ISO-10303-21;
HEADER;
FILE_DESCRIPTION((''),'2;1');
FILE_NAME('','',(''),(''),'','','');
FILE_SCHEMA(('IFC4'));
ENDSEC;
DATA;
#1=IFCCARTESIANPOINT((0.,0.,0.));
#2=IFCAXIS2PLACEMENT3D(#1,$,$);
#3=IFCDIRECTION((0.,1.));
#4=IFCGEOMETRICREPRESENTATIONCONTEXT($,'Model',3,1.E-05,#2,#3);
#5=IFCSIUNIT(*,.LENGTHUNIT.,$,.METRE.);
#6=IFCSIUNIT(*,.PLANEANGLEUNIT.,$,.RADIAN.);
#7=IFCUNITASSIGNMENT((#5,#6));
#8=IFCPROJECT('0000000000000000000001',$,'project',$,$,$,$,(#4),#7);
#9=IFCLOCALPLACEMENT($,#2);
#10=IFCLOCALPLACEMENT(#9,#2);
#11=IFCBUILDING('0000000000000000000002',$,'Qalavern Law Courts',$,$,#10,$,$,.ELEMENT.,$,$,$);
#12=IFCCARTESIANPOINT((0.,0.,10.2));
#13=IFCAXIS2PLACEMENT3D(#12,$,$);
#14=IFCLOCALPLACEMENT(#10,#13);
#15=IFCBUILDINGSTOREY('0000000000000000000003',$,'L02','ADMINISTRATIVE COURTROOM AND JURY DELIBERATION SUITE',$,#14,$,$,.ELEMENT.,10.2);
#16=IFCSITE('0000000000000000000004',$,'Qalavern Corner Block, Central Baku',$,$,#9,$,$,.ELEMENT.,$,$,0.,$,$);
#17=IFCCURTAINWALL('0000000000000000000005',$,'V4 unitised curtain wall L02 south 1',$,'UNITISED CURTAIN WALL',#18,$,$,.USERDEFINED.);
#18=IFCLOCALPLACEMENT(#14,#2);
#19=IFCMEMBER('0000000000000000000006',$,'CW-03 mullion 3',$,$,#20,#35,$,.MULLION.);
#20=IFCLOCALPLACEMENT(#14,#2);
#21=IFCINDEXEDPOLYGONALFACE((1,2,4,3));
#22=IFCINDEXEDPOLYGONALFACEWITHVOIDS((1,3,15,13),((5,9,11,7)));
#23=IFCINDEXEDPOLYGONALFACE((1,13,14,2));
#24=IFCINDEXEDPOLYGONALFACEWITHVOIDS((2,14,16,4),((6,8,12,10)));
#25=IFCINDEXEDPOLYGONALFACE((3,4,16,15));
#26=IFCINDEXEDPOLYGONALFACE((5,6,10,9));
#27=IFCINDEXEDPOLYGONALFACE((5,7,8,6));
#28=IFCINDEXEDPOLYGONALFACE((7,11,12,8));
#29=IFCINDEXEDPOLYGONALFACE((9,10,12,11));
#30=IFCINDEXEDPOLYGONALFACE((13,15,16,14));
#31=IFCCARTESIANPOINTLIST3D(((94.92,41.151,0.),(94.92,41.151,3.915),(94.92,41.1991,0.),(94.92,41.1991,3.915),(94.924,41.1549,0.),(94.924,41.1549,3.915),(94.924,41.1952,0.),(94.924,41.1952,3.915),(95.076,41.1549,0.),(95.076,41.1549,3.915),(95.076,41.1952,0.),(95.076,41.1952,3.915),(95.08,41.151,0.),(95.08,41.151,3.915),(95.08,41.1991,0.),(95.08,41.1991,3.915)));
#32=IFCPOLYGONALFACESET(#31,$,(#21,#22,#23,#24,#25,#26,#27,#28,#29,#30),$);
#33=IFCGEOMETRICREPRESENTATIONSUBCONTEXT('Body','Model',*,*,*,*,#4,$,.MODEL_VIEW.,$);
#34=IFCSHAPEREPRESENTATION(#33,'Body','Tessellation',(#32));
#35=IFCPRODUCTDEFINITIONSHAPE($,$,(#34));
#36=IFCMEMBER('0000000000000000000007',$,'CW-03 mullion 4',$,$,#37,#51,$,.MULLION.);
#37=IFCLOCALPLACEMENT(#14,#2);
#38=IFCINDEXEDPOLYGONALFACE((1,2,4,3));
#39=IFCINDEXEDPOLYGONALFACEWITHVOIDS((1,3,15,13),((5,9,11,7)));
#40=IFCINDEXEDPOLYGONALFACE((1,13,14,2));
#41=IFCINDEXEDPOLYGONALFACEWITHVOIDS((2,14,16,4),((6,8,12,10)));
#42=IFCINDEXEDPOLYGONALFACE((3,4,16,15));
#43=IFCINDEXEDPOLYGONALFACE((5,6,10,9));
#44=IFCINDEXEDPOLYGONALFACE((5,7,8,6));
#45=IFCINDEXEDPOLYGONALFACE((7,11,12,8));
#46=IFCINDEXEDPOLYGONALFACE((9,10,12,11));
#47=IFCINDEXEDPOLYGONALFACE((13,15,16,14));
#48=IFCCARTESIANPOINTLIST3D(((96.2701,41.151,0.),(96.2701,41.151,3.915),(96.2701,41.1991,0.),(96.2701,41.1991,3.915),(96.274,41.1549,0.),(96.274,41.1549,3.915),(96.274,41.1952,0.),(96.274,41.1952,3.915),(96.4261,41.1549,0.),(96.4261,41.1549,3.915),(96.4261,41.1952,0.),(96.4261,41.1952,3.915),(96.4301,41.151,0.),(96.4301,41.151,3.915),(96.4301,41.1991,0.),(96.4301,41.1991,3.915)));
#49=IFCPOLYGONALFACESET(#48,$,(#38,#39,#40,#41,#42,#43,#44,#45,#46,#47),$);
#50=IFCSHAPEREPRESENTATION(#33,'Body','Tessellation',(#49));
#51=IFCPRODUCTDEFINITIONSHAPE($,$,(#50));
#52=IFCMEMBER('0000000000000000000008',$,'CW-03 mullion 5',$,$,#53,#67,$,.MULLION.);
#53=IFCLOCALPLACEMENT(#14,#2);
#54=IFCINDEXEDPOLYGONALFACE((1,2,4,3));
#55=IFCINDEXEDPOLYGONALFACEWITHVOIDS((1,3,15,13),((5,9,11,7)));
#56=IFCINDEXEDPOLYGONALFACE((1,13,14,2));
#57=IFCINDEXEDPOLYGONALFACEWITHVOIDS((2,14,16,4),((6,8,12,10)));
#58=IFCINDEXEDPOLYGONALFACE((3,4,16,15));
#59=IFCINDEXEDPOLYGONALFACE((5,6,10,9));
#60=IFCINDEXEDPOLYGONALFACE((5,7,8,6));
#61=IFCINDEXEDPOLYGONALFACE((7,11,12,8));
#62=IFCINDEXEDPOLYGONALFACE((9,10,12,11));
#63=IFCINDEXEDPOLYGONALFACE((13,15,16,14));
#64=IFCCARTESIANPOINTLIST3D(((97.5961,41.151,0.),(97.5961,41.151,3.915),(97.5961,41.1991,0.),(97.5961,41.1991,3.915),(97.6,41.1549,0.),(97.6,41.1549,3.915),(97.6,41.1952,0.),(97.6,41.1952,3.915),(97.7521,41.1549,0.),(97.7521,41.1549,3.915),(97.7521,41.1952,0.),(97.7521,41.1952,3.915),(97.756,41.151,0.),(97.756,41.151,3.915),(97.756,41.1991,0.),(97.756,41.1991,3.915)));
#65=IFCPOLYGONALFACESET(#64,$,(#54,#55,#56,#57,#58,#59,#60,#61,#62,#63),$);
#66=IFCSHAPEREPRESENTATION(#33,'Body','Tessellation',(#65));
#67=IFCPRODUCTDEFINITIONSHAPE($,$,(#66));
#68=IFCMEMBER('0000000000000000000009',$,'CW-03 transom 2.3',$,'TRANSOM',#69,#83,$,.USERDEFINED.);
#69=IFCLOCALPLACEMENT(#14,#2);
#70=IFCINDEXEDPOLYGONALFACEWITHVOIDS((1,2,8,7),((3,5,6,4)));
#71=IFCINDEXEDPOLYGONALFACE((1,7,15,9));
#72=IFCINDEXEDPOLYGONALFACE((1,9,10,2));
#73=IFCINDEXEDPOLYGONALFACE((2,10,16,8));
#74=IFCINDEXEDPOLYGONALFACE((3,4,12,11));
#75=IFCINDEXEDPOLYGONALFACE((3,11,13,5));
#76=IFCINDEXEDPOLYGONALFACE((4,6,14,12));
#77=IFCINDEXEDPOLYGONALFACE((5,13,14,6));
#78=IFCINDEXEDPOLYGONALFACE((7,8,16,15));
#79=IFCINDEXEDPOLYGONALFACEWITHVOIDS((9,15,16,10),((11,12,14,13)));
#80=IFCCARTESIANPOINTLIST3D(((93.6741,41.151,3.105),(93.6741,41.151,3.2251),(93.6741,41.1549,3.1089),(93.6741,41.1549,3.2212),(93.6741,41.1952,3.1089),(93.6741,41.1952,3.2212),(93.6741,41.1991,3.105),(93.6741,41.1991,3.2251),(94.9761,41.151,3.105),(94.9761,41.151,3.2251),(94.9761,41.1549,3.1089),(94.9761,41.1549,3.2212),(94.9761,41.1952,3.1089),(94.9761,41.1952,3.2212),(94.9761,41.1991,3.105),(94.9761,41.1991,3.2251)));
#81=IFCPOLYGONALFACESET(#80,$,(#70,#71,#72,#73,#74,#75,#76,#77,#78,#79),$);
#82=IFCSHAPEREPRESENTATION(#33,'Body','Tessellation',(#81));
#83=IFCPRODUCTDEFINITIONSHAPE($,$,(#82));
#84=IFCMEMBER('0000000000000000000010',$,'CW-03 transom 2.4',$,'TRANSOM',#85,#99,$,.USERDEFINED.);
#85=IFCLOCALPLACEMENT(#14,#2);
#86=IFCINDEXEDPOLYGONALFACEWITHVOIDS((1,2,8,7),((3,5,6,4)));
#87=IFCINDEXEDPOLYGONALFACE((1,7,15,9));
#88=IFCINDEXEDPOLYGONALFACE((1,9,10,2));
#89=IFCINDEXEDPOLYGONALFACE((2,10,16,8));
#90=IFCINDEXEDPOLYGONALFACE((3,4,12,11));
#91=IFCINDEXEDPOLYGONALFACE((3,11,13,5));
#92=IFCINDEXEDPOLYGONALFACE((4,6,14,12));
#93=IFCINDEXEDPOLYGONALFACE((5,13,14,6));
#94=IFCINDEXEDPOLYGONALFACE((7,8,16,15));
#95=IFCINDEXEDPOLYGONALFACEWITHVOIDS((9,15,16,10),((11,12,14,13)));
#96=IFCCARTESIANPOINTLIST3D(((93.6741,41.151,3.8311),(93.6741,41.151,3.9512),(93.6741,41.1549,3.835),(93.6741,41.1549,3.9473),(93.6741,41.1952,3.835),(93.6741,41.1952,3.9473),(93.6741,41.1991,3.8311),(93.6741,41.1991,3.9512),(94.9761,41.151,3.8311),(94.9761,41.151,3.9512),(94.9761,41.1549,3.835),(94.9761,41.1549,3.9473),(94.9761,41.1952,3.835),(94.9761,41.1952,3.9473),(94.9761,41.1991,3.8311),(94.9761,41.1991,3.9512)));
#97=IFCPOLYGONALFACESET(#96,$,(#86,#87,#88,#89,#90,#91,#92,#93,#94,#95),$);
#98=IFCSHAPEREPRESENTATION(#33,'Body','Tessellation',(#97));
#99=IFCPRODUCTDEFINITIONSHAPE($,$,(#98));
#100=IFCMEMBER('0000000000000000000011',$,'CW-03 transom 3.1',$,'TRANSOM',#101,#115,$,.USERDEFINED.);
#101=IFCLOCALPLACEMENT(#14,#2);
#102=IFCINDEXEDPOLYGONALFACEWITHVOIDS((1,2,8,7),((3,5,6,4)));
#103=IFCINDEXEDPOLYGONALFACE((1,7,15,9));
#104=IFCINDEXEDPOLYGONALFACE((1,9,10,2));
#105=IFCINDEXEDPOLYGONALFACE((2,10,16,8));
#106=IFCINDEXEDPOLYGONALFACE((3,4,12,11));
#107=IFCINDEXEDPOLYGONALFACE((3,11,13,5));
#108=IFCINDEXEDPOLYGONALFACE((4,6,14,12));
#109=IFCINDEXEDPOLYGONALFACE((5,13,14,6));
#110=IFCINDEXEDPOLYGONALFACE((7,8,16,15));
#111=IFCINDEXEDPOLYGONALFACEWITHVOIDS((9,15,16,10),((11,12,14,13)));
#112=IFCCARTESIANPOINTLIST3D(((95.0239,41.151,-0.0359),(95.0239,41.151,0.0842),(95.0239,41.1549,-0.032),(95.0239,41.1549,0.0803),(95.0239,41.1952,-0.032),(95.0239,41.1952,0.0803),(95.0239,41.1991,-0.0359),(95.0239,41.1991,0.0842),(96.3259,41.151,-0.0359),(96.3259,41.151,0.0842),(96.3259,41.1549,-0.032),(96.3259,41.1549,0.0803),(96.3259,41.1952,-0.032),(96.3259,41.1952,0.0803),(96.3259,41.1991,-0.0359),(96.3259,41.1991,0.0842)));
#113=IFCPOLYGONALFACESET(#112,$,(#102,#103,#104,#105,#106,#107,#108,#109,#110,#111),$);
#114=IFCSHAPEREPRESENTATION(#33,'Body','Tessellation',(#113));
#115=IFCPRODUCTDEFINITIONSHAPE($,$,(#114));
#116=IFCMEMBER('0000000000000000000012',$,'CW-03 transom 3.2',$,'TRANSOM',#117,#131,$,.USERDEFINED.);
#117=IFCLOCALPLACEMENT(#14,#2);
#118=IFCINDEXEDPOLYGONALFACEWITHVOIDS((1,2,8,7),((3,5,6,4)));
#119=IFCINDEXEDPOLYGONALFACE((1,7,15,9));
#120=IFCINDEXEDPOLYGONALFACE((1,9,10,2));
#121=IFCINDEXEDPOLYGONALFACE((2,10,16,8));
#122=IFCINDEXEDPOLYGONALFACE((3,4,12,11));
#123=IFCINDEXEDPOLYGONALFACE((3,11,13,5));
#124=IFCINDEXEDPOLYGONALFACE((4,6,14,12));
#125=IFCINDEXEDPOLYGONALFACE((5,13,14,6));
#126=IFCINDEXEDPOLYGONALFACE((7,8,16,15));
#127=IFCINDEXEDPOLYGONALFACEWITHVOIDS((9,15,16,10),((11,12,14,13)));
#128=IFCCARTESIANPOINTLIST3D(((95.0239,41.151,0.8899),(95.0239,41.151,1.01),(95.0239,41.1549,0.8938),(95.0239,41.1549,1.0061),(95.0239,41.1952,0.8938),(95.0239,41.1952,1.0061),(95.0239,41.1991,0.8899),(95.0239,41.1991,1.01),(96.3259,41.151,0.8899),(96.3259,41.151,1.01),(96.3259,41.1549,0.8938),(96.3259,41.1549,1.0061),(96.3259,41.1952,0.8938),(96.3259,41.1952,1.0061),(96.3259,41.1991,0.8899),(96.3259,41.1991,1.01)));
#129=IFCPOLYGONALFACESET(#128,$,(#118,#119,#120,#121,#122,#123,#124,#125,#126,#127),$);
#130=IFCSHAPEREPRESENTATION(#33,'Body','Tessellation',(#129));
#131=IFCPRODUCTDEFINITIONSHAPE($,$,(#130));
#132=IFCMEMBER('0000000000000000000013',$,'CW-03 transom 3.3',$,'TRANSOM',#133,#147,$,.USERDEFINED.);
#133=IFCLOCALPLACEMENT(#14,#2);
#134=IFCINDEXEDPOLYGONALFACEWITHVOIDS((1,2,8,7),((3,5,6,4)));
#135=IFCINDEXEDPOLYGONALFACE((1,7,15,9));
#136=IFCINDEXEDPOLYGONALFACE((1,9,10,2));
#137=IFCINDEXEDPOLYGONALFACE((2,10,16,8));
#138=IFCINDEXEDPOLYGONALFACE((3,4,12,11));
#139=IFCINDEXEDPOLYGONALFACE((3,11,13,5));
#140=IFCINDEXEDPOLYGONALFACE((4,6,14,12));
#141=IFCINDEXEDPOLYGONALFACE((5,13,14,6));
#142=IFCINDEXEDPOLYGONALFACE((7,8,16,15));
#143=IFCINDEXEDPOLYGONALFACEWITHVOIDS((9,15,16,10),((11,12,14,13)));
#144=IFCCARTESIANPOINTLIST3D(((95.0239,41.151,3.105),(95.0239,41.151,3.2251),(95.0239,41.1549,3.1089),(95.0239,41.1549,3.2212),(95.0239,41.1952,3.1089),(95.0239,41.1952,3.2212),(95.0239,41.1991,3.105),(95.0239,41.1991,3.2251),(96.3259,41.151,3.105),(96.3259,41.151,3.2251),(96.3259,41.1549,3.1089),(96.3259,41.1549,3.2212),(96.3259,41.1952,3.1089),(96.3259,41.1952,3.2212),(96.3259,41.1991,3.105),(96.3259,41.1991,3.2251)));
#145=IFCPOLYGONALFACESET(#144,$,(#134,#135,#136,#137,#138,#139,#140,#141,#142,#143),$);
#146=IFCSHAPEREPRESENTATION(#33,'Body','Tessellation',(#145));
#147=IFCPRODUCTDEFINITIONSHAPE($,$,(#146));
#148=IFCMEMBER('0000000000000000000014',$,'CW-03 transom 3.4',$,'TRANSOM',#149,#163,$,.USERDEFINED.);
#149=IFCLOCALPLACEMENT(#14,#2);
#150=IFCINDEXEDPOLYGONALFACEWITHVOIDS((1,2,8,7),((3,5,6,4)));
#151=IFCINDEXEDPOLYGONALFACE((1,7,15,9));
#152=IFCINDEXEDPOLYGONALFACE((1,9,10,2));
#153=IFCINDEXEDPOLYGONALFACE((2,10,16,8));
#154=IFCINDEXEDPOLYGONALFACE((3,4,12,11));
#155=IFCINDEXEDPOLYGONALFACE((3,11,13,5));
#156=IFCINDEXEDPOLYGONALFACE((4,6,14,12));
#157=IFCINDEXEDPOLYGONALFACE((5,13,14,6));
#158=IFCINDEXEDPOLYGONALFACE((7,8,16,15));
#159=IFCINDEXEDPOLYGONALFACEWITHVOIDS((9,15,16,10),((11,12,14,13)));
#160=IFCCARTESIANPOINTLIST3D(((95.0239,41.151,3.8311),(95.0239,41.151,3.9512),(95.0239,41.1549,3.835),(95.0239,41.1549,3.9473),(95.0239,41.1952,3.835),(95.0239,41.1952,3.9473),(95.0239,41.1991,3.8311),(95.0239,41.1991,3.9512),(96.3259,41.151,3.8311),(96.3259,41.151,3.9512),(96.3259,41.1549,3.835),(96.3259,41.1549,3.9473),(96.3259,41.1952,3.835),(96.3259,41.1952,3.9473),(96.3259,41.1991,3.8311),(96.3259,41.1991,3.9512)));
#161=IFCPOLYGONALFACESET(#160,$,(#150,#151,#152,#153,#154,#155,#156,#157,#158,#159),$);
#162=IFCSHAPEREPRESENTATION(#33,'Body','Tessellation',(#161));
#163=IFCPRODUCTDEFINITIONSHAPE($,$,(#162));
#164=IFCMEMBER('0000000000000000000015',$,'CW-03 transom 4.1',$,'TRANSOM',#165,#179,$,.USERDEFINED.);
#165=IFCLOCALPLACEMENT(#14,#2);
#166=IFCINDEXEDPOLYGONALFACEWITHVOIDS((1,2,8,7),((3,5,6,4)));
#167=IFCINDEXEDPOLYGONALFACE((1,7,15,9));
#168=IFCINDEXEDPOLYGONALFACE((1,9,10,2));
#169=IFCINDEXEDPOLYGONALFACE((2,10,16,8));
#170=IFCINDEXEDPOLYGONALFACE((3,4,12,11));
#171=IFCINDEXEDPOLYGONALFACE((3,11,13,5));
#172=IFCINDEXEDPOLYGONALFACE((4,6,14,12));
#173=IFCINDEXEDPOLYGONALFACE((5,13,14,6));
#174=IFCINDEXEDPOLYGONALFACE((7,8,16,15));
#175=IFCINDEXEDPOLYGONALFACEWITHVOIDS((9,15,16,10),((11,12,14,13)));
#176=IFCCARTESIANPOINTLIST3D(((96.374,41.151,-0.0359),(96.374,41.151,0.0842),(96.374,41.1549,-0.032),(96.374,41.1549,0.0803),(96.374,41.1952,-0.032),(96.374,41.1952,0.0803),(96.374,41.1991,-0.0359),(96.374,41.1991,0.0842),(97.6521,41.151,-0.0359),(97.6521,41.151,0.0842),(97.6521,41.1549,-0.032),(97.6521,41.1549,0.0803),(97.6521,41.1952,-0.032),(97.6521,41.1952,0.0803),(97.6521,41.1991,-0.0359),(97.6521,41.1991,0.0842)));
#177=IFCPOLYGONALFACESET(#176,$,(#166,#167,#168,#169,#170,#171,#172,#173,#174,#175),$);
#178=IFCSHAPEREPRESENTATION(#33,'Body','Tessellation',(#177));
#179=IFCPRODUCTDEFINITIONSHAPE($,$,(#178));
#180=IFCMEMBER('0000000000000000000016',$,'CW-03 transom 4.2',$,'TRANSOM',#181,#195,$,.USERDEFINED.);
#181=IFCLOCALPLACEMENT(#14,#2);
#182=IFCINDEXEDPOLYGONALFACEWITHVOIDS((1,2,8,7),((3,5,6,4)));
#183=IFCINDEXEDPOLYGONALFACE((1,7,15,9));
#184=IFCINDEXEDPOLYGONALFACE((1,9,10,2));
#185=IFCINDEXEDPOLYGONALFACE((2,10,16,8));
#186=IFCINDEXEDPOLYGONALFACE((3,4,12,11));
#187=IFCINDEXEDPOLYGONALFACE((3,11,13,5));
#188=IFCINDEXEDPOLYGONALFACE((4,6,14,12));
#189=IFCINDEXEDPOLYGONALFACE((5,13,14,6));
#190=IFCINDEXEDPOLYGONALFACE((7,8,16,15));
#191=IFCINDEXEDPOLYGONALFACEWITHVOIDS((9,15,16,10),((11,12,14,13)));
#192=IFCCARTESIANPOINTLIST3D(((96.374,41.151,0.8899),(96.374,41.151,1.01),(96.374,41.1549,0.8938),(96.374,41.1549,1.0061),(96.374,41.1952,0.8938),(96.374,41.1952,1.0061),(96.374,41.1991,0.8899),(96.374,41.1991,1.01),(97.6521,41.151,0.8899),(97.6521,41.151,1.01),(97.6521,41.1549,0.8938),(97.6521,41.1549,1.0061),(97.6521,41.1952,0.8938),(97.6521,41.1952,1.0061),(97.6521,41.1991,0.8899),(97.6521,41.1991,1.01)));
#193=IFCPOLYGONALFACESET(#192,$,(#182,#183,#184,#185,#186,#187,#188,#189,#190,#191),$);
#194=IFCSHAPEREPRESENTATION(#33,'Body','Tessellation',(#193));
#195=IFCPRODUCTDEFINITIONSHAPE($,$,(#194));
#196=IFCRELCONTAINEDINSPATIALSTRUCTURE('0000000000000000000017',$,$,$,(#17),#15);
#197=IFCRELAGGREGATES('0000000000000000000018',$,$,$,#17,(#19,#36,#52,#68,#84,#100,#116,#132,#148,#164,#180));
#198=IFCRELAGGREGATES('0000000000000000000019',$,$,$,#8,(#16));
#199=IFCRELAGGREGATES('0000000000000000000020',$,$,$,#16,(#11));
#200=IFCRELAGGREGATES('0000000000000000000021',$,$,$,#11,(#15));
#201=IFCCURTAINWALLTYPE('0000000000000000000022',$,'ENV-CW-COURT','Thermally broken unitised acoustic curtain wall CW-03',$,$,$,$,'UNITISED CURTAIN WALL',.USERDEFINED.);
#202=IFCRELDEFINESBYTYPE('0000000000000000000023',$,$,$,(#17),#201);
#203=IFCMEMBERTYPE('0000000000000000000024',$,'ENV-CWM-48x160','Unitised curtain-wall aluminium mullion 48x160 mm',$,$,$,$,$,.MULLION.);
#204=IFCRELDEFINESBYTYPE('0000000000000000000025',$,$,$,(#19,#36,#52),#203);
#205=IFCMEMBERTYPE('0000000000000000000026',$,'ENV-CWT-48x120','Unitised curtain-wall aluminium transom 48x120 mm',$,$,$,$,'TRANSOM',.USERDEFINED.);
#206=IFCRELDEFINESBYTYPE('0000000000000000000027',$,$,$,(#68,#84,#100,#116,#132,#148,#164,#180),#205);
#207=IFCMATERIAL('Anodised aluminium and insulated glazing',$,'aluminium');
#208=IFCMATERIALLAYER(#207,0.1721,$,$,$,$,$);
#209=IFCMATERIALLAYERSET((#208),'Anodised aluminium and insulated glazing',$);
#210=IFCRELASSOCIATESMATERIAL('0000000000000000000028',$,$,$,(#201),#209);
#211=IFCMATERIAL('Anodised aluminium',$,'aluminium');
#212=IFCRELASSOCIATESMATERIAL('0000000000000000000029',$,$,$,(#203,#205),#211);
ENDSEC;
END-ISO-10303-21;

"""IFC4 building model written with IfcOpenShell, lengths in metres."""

from ifc_helpers import new_model, si_unit, direction, frame, origin, origin_2d, place, context, subcontext, project, spatial, hollow_rectangle, extrude, material, layer, layer_set, material_profile, profile_set, type_object, element, aggregate, save


model = new_model("IFC4")

# Units and contexts
model_context = context("Model", 3, precision=1e-05, world=origin(), true_north=direction((0.0, 1.0)))
body_context = subcontext(model_context, "Body", "Model", "MODEL_VIEW")
ifc_project = project(units=[si_unit("LENGTHUNIT", "METRE"), si_unit("PLANEANGLEUNIT", "RADIAN")], contexts=[model_context])

# Site, building, storey
site_placement = place(None, origin())
site = spatial("IfcSite", under=ifc_project, at=site_placement, Name="Qalavern Corner Block, Central Baku", CompositionType="ELEMENT", RefElevation=0.0)
building_placement = place(site_placement, origin())
building = spatial("IfcBuilding", under=site, at=building_placement, Name="Qalavern Law Courts", CompositionType="ELEMENT")
storey_placement = place(building_placement, frame((0.0, 0.0, 10.2)))
storey = spatial("IfcBuildingStorey", under=building, at=storey_placement, Name="L02", Description="ADMINISTRATIVE COURTROOM AND JURY DELIBERATION SUITE", CompositionType="ELEMENT", Elevation=10.2)

# Curtain wall, members
ifc_material_1 = material(Name="Anodised aluminium and insulated glazing", Category="aluminium")
ifc_layer_1 = layer(ifc_material_1, 0.1721)
ifc_layer_set_1 = layer_set([ifc_layer_1], Name="Anodised aluminium and insulated glazing")
curtain_wall_type = type_object("IfcCurtainWallType", Name="ENV-CW-COURT", Description="Thermally broken unitised acoustic curtain wall CW-03", ElementType="UNITISED CURTAIN WALL", PredefinedType="USERDEFINED", material=ifc_layer_set_1)
curtain_wall_placement = place(storey_placement, origin())
curtain_wall = element("IfcCurtainWall", 1, at=curtain_wall_placement, inside=storey, type_object=curtain_wall_type, Name="V4 unitised curtain wall L02 south 1", ObjectType="UNITISED CURTAIN WALL", PredefinedType="USERDEFINED")
ifc_material_2 = material(Name="Anodised aluminium", Category="aluminium")
ifc_material_profile_1 = material_profile(ifc_material_2, hollow_rectangle(XDim=0.0481, YDim=0.1599, WallThickness=0.0039, at=origin_2d()), Name="ALU MULLION 48x160")
ifc_profile_set_1 = profile_set([ifc_material_profile_1], Name="Anodised aluminium")
member_type_1 = type_object("IfcMemberType", Name="ENV-CWM-48x160", Description="Unitised curtain-wall aluminium mullion 48x160 mm", PredefinedType="MULLION", material=ifc_profile_set_1)
member_1_placement = place(storey_placement, frame((95.0, 41.175, 0.0), z_axis=(0.0, 0.0, 1.0), x_axis=(0.0, 1.0, 0.0)))
member_1 = element("IfcMember", 2, at=member_1_placement, type_object=member_type_1, Name="CW-03 mullion 3", PredefinedType="MULLION", context=body_context, shape_type="SweptSolid", body=[
    extrude(hollow_rectangle(XDim=0.0481, YDim=0.1599, WallThickness=0.0039, at=origin_2d()), origin(), (0.0, 0.0, 1.0), 3.915),
])
member_2_placement = place(storey_placement, frame((96.3501, 41.175, 0.0), z_axis=(0.0, 0.0, 1.0), x_axis=(0.0, 1.0, 0.0)))
member_2 = element("IfcMember", 3, at=member_2_placement, type_object=member_type_1, Name="CW-03 mullion 4", PredefinedType="MULLION", context=body_context, shape_type="SweptSolid", body=[
    extrude(hollow_rectangle(XDim=0.0481, YDim=0.1599, WallThickness=0.0039, at=origin_2d()), origin(), (0.0, 0.0, 1.0), 3.915),
])
member_3_placement = place(storey_placement, frame((97.676, 41.175, 0.0), z_axis=(0.0, 0.0, 1.0), x_axis=(0.0, 1.0, 0.0)))
member_3 = element("IfcMember", 4, at=member_3_placement, type_object=member_type_1, Name="CW-03 mullion 5", PredefinedType="MULLION", context=body_context, shape_type="SweptSolid", body=[
    extrude(hollow_rectangle(XDim=0.0481, YDim=0.1599, WallThickness=0.0039, at=origin_2d()), origin(), (0.0, 0.0, 1.0), 3.915),
])
ifc_material_profile_2 = material_profile(ifc_material_2, hollow_rectangle(XDim=0.0481, YDim=0.1201, WallThickness=0.0039, at=origin_2d()), Name="ALU TRANSOM 48x120")
ifc_profile_set_2 = profile_set([ifc_material_profile_2], Name="Anodised aluminium")
member_type_2 = type_object("IfcMemberType", Name="ENV-CWT-48x120", Description="Unitised curtain-wall aluminium transom 48x120 mm", ElementType="TRANSOM", PredefinedType="USERDEFINED", material=ifc_profile_set_2)
member_4_placement = place(storey_placement, frame((93.6741, 41.175, 3.165), z_axis=(1.0, 0.0, 0.0), x_axis=(0.0, 1.0, 0.0)))
member_4 = element("IfcMember", 5, at=member_4_placement, type_object=member_type_2, Name="CW-03 transom 2.3", ObjectType="TRANSOM", PredefinedType="USERDEFINED", context=body_context, shape_type="SweptSolid", body=[
    extrude(hollow_rectangle(XDim=0.0481, YDim=0.1201, WallThickness=0.0039, at=origin_2d()), origin(), (0.0, 0.0, 1.0), 1.302),
])
member_5_placement = place(storey_placement, frame((93.6741, 41.175, 3.8911), z_axis=(1.0, 0.0, 0.0), x_axis=(0.0, 1.0, 0.0)))
member_5 = element("IfcMember", 6, at=member_5_placement, type_object=member_type_2, Name="CW-03 transom 2.4", ObjectType="TRANSOM", PredefinedType="USERDEFINED", context=body_context, shape_type="SweptSolid", body=[
    extrude(hollow_rectangle(XDim=0.0481, YDim=0.1201, WallThickness=0.0039, at=origin_2d()), origin(), (0.0, 0.0, 1.0), 1.302),
])
member_6_placement = place(storey_placement, frame((95.0239, 41.175, 0.0242), z_axis=(1.0, 0.0, 0.0), x_axis=(0.0, 1.0, 0.0)))
member_6 = element("IfcMember", 7, at=member_6_placement, type_object=member_type_2, Name="CW-03 transom 3.1", ObjectType="TRANSOM", PredefinedType="USERDEFINED", context=body_context, shape_type="SweptSolid", body=[
    extrude(hollow_rectangle(XDim=0.0481, YDim=0.1201, WallThickness=0.0039, at=origin_2d()), origin(), (0.0, 0.0, 1.0), 1.302),
])
member_7_placement = place(storey_placement, frame((95.0239, 41.175, 0.95), z_axis=(1.0, 0.0, 0.0), x_axis=(0.0, 1.0, 0.0)))
member_7 = element("IfcMember", 8, at=member_7_placement, type_object=member_type_2, Name="CW-03 transom 3.2", ObjectType="TRANSOM", PredefinedType="USERDEFINED", context=body_context, shape_type="SweptSolid", body=[
    extrude(hollow_rectangle(XDim=0.0481, YDim=0.1201, WallThickness=0.0039, at=origin_2d()), origin(), (0.0, 0.0, 1.0), 1.302),
])
member_8_placement = place(storey_placement, frame((95.0239, 41.175, 3.165), z_axis=(1.0, 0.0, 0.0), x_axis=(0.0, 1.0, 0.0)))
member_8 = element("IfcMember", 9, at=member_8_placement, type_object=member_type_2, Name="CW-03 transom 3.3", ObjectType="TRANSOM", PredefinedType="USERDEFINED", context=body_context, shape_type="SweptSolid", body=[
    extrude(hollow_rectangle(XDim=0.0481, YDim=0.1201, WallThickness=0.0039, at=origin_2d()), origin(), (0.0, 0.0, 1.0), 1.302),
])
member_9_placement = place(storey_placement, frame((95.0239, 41.175, 3.8911), z_axis=(1.0, 0.0, 0.0), x_axis=(0.0, 1.0, 0.0)))
member_9 = element("IfcMember", 10, at=member_9_placement, type_object=member_type_2, Name="CW-03 transom 3.4", ObjectType="TRANSOM", PredefinedType="USERDEFINED", context=body_context, shape_type="SweptSolid", body=[
    extrude(hollow_rectangle(XDim=0.0481, YDim=0.1201, WallThickness=0.0039, at=origin_2d()), origin(), (0.0, 0.0, 1.0), 1.302),
])
member_10_placement = place(storey_placement, frame((96.374, 41.175, 0.0242), z_axis=(1.0, 0.0, 0.0), x_axis=(0.0, 1.0, 0.0)))
member_10 = element("IfcMember", 11, at=member_10_placement, type_object=member_type_2, Name="CW-03 transom 4.1", ObjectType="TRANSOM", PredefinedType="USERDEFINED", context=body_context, shape_type="SweptSolid", body=[
    extrude(hollow_rectangle(XDim=0.0481, YDim=0.1201, WallThickness=0.0039, at=origin_2d()), origin(), (0.0, 0.0, 1.0), 1.2781),
])
member_11_placement = place(storey_placement, frame((96.374, 41.175, 0.95), z_axis=(1.0, 0.0, 0.0), x_axis=(0.0, 1.0, 0.0)))
member_11 = element("IfcMember", 12, at=member_11_placement, type_object=member_type_2, Name="CW-03 transom 4.2", ObjectType="TRANSOM", PredefinedType="USERDEFINED", context=body_context, shape_type="SweptSolid", body=[
    extrude(hollow_rectangle(XDim=0.0481, YDim=0.1201, WallThickness=0.0039, at=origin_2d()), origin(), (0.0, 0.0, 1.0), 1.2781),
])
aggregate(curtain_wall, [member_1, member_2, member_3, member_4, member_5, member_6, member_7, member_8, member_9, member_10, member_11])

save(model, "model.ifc")
